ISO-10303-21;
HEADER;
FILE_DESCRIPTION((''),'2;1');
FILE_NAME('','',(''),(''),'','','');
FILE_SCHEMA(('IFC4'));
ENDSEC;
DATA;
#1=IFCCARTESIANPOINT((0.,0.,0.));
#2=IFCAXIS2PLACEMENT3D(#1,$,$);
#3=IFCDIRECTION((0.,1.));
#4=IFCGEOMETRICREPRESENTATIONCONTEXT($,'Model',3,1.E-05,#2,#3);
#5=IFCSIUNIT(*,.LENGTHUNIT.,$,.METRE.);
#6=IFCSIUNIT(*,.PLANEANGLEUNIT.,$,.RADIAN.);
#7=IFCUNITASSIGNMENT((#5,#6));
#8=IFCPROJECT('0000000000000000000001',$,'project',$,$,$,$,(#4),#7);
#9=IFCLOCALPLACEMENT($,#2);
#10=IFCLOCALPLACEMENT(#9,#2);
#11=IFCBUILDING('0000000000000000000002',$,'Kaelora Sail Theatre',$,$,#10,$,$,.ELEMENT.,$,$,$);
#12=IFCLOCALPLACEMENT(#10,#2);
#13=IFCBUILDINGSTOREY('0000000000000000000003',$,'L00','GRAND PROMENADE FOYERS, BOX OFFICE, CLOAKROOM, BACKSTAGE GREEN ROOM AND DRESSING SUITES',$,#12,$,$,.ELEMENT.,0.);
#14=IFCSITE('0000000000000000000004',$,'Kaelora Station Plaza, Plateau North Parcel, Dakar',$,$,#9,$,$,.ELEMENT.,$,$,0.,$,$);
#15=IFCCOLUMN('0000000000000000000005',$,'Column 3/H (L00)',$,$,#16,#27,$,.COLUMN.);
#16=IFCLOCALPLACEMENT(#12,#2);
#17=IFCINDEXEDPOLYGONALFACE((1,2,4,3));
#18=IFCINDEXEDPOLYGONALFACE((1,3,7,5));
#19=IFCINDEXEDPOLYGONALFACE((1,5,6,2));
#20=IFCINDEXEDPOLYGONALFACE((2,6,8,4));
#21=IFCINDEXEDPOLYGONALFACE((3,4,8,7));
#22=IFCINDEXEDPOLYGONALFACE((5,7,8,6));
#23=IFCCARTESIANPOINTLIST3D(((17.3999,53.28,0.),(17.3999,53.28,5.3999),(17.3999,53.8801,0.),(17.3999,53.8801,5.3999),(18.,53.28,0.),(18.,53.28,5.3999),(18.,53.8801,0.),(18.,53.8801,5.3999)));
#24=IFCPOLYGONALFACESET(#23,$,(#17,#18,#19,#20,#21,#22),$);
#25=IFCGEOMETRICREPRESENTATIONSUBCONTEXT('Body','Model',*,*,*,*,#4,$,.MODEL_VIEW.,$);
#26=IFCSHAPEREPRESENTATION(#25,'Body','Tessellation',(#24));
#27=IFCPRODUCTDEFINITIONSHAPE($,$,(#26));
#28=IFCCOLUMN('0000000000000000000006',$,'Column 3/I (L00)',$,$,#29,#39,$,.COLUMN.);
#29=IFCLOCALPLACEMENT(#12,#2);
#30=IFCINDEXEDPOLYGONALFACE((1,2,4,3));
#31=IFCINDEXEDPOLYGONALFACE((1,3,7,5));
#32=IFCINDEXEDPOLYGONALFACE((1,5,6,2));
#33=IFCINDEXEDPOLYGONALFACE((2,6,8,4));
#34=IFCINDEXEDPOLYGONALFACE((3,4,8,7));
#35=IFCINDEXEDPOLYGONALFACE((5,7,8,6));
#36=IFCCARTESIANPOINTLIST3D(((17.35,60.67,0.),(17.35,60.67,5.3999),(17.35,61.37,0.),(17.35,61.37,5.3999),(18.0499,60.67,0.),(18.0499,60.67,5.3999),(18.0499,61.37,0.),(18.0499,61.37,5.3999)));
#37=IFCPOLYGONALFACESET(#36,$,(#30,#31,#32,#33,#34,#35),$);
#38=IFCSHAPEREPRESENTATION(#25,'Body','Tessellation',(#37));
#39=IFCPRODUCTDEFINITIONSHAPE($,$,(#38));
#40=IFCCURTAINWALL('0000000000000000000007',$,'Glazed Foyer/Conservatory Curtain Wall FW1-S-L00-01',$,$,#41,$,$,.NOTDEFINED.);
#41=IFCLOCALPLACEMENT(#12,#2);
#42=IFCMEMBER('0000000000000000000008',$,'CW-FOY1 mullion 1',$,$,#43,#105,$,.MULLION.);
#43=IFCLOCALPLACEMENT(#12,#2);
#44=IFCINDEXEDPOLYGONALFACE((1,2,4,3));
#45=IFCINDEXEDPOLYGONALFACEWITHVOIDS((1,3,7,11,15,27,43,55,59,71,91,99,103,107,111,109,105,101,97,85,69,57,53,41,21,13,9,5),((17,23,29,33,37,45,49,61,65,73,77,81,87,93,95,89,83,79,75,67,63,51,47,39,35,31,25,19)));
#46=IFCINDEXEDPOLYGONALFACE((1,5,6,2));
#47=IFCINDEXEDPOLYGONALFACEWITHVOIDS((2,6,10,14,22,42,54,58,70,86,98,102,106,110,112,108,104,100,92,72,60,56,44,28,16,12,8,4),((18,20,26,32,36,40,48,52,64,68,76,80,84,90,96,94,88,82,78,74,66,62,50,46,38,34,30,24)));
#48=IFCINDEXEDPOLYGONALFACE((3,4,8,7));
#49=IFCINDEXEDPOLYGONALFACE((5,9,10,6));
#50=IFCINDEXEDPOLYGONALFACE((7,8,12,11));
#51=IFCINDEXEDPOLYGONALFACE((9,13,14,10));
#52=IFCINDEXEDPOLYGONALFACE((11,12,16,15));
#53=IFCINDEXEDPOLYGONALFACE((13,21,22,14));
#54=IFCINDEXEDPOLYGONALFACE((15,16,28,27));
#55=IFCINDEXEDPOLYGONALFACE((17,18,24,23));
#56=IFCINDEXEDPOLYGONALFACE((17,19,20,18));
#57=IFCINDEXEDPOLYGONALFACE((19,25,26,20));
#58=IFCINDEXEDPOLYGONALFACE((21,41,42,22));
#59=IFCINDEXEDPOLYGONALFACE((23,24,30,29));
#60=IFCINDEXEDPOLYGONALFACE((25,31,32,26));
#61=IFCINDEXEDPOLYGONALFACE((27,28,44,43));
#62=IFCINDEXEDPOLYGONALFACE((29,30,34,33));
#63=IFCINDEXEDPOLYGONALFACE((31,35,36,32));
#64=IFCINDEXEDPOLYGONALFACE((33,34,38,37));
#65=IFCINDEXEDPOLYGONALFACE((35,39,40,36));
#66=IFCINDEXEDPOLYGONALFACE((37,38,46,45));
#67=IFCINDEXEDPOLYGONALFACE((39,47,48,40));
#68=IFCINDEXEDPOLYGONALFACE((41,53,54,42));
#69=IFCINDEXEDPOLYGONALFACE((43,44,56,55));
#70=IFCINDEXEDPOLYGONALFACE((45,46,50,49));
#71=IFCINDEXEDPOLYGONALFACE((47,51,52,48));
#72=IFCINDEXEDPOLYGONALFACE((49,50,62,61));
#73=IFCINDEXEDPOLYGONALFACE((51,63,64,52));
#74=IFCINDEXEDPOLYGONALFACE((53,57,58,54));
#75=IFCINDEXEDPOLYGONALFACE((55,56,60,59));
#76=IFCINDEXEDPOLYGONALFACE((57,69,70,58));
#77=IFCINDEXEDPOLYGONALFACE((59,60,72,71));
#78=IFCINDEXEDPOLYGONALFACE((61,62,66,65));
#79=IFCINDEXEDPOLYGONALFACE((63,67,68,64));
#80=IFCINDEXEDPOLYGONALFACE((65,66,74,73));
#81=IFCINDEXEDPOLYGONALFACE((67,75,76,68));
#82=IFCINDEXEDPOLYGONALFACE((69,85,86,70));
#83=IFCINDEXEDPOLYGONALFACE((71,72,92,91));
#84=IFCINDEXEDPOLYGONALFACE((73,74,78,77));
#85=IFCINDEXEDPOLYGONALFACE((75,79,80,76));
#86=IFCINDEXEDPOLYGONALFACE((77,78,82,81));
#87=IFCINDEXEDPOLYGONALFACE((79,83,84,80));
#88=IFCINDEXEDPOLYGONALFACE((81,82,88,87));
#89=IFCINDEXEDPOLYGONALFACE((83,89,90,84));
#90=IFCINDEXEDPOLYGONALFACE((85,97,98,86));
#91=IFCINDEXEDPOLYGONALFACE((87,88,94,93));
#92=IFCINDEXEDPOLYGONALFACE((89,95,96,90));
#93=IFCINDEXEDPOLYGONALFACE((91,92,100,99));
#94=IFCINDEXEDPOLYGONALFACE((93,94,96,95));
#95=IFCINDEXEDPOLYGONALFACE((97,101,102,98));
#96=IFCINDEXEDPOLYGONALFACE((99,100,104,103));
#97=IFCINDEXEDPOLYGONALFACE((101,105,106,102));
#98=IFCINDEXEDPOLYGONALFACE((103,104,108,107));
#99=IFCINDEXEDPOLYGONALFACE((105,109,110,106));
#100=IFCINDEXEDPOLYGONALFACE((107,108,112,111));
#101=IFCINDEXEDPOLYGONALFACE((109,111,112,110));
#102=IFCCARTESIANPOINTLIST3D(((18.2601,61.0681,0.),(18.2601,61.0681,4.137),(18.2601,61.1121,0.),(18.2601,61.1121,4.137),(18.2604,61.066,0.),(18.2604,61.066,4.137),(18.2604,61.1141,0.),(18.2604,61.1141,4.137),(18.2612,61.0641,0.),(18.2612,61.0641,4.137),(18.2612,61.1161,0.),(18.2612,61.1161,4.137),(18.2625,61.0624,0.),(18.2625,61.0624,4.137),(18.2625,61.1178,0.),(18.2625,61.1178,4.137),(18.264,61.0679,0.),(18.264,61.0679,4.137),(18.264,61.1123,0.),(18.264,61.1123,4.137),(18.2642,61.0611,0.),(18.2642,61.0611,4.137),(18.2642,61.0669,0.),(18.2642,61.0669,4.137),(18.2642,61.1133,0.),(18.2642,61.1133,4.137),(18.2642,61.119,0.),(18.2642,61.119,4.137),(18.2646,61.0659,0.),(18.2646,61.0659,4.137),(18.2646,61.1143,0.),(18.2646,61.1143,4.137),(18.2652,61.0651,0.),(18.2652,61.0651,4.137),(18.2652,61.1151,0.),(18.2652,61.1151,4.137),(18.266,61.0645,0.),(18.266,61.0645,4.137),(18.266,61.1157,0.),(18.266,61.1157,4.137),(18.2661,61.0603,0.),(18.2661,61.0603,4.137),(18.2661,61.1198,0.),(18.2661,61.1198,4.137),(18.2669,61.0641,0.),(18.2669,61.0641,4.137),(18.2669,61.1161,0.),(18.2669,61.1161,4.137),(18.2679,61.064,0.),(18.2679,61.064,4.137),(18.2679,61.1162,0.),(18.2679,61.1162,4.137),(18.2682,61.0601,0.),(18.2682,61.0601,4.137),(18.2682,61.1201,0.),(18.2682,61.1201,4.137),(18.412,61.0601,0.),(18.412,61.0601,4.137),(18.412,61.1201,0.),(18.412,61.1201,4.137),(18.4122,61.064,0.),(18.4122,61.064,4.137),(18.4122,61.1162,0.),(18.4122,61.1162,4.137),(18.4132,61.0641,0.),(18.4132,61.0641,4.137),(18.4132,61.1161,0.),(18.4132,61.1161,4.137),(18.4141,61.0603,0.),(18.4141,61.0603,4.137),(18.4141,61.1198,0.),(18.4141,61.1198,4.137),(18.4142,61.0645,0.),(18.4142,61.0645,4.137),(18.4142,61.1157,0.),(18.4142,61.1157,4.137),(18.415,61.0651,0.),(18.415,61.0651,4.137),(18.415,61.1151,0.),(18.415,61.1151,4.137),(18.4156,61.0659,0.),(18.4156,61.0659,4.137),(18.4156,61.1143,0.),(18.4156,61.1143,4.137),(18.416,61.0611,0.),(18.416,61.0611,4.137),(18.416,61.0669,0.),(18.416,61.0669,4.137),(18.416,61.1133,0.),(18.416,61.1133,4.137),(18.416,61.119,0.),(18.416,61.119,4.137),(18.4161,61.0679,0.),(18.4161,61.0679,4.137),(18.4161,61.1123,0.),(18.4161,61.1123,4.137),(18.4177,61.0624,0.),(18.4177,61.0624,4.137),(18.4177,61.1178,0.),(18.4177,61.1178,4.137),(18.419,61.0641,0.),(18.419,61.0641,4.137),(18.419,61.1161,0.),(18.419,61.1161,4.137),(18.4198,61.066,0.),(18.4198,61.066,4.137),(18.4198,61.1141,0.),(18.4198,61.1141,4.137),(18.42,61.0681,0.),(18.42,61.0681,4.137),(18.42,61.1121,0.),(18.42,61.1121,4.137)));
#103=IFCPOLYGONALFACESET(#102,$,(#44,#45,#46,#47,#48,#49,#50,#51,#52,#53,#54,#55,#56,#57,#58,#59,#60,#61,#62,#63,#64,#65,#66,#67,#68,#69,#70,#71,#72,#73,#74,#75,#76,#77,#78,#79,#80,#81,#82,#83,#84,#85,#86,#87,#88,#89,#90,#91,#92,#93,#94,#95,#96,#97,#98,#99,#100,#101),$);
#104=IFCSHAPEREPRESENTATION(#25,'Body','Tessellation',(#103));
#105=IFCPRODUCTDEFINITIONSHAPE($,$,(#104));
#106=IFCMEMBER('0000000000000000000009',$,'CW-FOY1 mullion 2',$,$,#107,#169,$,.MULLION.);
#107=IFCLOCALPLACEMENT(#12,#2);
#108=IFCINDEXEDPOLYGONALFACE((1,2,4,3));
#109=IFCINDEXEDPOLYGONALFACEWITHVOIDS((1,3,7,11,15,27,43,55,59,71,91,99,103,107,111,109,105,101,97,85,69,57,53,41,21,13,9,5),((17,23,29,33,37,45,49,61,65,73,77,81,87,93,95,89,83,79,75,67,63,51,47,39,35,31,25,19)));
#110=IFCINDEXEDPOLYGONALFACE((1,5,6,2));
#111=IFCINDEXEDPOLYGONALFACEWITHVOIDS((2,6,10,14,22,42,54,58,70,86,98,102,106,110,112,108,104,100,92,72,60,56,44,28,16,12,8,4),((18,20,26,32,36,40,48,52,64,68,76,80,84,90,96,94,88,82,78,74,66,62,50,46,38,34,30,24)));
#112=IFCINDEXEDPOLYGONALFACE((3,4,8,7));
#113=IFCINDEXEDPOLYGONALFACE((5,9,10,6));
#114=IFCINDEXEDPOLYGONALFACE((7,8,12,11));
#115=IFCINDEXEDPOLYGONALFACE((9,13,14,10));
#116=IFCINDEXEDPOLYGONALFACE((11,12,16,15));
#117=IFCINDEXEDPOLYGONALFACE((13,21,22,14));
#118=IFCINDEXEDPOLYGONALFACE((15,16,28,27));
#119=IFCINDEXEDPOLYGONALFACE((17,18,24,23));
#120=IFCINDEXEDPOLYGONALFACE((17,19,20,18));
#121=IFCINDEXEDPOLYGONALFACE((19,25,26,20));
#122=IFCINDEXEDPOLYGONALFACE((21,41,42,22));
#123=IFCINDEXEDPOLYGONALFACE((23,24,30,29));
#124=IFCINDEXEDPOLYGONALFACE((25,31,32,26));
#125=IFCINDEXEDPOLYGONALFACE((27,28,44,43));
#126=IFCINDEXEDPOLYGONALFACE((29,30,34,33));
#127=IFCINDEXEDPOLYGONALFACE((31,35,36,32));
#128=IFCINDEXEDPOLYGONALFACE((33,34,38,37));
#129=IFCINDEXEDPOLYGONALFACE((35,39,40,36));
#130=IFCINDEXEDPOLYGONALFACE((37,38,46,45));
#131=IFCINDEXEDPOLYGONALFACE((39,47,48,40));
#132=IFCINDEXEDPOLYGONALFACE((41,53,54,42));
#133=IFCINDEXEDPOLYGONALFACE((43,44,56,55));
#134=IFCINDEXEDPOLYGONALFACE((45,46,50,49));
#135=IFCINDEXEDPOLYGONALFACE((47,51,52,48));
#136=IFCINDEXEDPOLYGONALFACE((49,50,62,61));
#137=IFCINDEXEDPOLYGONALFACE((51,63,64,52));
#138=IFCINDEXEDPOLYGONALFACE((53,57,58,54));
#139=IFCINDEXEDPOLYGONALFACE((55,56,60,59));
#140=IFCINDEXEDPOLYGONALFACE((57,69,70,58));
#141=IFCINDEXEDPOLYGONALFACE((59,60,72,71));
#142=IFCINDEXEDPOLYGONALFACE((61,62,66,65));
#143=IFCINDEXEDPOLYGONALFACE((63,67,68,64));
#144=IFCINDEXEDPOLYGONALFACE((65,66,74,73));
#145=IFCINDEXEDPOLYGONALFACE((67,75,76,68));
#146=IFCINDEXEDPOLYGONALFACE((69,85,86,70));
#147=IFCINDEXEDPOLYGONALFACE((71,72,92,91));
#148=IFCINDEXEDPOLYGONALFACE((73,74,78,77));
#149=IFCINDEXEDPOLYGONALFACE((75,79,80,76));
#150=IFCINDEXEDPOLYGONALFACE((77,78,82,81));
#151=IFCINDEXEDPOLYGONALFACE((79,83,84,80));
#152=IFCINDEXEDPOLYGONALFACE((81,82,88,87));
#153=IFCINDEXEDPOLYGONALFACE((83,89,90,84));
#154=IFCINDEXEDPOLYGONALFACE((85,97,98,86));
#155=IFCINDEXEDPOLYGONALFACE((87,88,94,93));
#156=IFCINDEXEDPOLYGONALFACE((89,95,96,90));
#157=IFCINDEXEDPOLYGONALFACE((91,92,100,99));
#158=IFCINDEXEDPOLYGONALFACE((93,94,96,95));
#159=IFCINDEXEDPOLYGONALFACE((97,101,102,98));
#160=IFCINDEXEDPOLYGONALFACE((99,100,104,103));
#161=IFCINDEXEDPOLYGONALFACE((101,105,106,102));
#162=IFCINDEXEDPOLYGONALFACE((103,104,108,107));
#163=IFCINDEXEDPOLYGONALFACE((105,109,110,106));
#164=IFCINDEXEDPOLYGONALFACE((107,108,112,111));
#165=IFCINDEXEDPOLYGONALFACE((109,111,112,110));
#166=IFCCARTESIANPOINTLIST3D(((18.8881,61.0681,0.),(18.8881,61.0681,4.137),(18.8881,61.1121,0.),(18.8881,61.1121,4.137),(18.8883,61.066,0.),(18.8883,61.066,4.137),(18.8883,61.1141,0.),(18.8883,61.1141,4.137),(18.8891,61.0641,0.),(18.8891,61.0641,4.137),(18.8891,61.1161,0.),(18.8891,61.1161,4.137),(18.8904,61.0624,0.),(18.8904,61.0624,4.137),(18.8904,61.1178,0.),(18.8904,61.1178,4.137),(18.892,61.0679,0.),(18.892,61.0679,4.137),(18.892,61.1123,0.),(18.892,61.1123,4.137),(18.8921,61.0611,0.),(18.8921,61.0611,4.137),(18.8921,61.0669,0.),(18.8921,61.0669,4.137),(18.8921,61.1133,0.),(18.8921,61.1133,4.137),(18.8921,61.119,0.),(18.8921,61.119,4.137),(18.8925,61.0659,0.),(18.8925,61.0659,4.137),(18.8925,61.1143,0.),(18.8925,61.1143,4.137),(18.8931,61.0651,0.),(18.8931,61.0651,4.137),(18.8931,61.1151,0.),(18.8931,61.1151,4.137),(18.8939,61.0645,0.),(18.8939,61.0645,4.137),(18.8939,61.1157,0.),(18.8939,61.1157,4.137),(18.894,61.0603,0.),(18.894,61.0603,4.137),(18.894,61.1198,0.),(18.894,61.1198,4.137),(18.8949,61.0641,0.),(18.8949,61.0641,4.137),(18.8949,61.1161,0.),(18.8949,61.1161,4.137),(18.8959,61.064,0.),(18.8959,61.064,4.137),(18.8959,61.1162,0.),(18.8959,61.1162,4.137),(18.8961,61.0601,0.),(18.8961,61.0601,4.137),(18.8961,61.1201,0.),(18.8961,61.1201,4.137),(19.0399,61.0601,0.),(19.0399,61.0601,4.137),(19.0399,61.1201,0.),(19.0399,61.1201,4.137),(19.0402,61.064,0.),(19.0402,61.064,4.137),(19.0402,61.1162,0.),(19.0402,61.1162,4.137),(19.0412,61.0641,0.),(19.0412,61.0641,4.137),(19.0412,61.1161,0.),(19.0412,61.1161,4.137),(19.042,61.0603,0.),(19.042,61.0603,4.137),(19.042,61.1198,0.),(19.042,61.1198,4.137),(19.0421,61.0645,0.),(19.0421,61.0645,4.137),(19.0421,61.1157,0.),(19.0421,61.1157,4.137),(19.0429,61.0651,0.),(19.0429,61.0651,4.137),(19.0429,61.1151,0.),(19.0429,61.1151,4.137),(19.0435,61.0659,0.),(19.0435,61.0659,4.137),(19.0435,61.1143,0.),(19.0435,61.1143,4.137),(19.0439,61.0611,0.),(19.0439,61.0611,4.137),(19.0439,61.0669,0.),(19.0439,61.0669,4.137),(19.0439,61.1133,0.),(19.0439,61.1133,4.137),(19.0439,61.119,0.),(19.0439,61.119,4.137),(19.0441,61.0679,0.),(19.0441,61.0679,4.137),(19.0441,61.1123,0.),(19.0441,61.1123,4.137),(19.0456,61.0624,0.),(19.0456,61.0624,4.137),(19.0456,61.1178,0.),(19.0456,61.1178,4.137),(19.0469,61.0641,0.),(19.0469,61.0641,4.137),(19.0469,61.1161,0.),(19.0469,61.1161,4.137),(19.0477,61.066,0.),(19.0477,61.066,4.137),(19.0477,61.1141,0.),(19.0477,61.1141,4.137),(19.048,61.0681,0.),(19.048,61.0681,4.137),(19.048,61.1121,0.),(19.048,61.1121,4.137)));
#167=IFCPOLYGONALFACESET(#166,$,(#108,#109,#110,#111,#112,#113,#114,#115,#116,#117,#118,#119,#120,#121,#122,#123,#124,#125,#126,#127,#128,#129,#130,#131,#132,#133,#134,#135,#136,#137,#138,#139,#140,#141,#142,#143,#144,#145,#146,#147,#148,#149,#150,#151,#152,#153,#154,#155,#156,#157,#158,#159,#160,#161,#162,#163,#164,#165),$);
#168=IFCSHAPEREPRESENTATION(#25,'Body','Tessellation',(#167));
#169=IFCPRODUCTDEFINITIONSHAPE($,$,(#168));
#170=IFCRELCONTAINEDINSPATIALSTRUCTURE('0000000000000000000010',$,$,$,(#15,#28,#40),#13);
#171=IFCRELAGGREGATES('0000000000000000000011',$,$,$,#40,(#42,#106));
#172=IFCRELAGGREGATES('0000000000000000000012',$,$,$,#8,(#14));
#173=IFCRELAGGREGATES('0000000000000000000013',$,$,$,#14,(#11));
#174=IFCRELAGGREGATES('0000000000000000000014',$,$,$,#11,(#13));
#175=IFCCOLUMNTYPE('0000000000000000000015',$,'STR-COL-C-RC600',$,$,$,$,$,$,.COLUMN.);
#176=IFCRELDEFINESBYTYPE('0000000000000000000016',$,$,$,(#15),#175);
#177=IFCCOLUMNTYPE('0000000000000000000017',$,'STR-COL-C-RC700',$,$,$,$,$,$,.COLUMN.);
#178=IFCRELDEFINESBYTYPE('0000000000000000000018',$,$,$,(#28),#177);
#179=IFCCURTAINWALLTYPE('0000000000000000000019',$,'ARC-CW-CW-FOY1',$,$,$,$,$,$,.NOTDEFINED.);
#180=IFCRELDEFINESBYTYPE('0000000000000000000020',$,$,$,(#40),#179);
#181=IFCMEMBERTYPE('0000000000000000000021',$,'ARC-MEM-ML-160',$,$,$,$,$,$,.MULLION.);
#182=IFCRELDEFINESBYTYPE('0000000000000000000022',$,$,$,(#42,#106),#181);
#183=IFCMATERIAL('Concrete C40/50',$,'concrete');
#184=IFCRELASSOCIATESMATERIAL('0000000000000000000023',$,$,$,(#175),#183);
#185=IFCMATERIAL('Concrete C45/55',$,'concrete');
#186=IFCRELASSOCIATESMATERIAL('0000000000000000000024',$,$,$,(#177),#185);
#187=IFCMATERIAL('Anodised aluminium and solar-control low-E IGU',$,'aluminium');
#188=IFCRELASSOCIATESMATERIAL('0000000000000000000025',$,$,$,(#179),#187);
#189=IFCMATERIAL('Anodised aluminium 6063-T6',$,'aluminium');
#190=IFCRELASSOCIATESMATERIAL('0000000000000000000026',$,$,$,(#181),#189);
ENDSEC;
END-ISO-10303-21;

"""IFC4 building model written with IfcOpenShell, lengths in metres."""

from ifc_helpers import new_model, si_unit, direction, frame, origin, origin_2d, place, context, subcontext, project, spatial, rectangle, hollow_rectangle, extrude, material, material_profile, profile_set, type_object, element, aggregate, save


model = new_model("IFC4")

# Units and contexts
model_context = context("Model", 3, precision=1e-05, world=origin(), true_north=direction((0.0, 1.0)))
body_context = subcontext(model_context, "Body", "Model", "MODEL_VIEW")
ifc_project = project(units=[si_unit("LENGTHUNIT", "METRE"), si_unit("PLANEANGLEUNIT", "RADIAN")], contexts=[model_context])

# Site, building, storey
site_placement = place(None, origin())
site = spatial("IfcSite", under=ifc_project, at=site_placement, Name="Kaelora Station Plaza, Plateau North Parcel, Dakar", CompositionType="ELEMENT", RefElevation=0.0)
building_placement = place(site_placement, origin())
building = spatial("IfcBuilding", under=site, at=building_placement, Name="Kaelora Sail Theatre", CompositionType="ELEMENT")
storey_placement = place(building_placement, origin())
storey = spatial("IfcBuildingStorey", under=building, at=storey_placement, Name="L00", Description="GRAND PROMENADE FOYERS, BOX OFFICE, CLOAKROOM, BACKSTAGE GREEN ROOM AND DRESSING SUITES", CompositionType="ELEMENT", Elevation=0.0)

# Columns
ifc_material_1 = material(Name="Concrete C40/50", Category="concrete")
ifc_material_profile_1 = material_profile(ifc_material_1, rectangle(XDim=0.6001, YDim=0.6001, at=origin_2d()), Name="RC-COL 600x600")
ifc_profile_set_1 = profile_set([ifc_material_profile_1], Name="Concrete C40/50")
column_type_1 = type_object("IfcColumnType", Name="STR-COL-C-RC600", PredefinedType="COLUMN", material=ifc_profile_set_1)
column_1_placement = place(storey_placement, frame((17.7, 53.5801, 0.0), z_axis=(0.0, 0.0, 1.0), x_axis=(1.0, 0.0, 0.0)))
element("IfcColumn", 1, at=column_1_placement, inside=storey, type_object=column_type_1, Name="Column 3/H (L00)", PredefinedType="COLUMN", context=body_context, shape_type="SweptSolid", body=[
    extrude(rectangle(XDim=0.6001, YDim=0.6001, at=origin_2d()), origin(), (0.0, 0.0, 1.0), 5.3999),
])
ifc_material_2 = material(Name="Concrete C45/55", Category="concrete")
ifc_material_profile_2 = material_profile(ifc_material_2, rectangle(XDim=0.7, YDim=0.7, at=origin_2d()), Name="RC-COL 700x700")
ifc_profile_set_2 = profile_set([ifc_material_profile_2], Name="Concrete C45/55")
column_type_2 = type_object("IfcColumnType", Name="STR-COL-C-RC700", PredefinedType="COLUMN", material=ifc_profile_set_2)
column_2_placement = place(storey_placement, frame((17.7, 61.02, 0.0), z_axis=(0.0, 0.0, 1.0), x_axis=(1.0, 0.0, 0.0)))
element("IfcColumn", 2, at=column_2_placement, inside=storey, type_object=column_type_2, Name="Column 3/I (L00)", PredefinedType="COLUMN", context=body_context, shape_type="SweptSolid", body=[
    extrude(rectangle(XDim=0.7, YDim=0.7, at=origin_2d()), origin(), (0.0, 0.0, 1.0), 5.3999),
])

# Curtain wall, members
ifc_material_3 = material(Name="Anodised aluminium and solar-control low-E IGU", Category="aluminium")
curtain_wall_type_1 = type_object("IfcCurtainWallType", Name="ARC-CW-CW-FOY1", PredefinedType="NOTDEFINED", material=ifc_material_3)
curtain_wall_1_placement = place(storey_placement, origin())
curtain_wall_1 = element("IfcCurtainWall", 3, at=curtain_wall_1_placement, inside=storey, type_object=curtain_wall_type_1, Name="Glazed Foyer/Conservatory Curtain Wall FW1-S-L00-01", PredefinedType="NOTDEFINED")
ifc_material_4 = material(Name="Anodised aluminium 6063-T6", Category="aluminium")
ifc_material_profile_3 = material_profile(ifc_material_4, hollow_rectangle(XDim=0.0601, YDim=0.1599, WallThickness=0.0039, InnerFilletRadius=0.0039, OuterFilletRadius=0.0081, at=origin_2d()), Name="ALU-MULL 60x160x4")
ifc_profile_set_3 = profile_set([ifc_material_profile_3], Name="Anodised aluminium 6063-T6")
member_type_1 = type_object("IfcMemberType", Name="ARC-MEM-ML-160", PredefinedType="MULLION", material=ifc_profile_set_3)
member_1_placement = place(storey_placement, frame((18.3401, 61.0901, 0.0), z_axis=(0.0, 0.0, 1.0), x_axis=(0.0, 1.0, 0.0)))
member_1 = element("IfcMember", 4, at=member_1_placement, type_object=member_type_1, Name="CW-FOY1 mullion 1", PredefinedType="MULLION", context=body_context, shape_type="SweptSolid", body=[
    extrude(hollow_rectangle(XDim=0.0601, YDim=0.1599, WallThickness=0.0039, InnerFilletRadius=0.0039, OuterFilletRadius=0.0081, at=origin_2d()), origin(), (0.0, 0.0, 1.0), 4.137),
])
member_2_placement = place(storey_placement, frame((18.968, 61.0901, 0.0), z_axis=(0.0, 0.0, 1.0), x_axis=(0.0, 1.0, 0.0)))
member_2 = element("IfcMember", 5, at=member_2_placement, type_object=member_type_1, Name="CW-FOY1 mullion 2", PredefinedType="MULLION", context=body_context, shape_type="SweptSolid", body=[
    extrude(hollow_rectangle(XDim=0.0601, YDim=0.1599, WallThickness=0.0039, InnerFilletRadius=0.0039, OuterFilletRadius=0.0081, at=origin_2d()), origin(), (0.0, 0.0, 1.0), 4.137),
])

aggregate(curtain_wall_1, [member_1, member_2])

save(model, "model.ifc")
